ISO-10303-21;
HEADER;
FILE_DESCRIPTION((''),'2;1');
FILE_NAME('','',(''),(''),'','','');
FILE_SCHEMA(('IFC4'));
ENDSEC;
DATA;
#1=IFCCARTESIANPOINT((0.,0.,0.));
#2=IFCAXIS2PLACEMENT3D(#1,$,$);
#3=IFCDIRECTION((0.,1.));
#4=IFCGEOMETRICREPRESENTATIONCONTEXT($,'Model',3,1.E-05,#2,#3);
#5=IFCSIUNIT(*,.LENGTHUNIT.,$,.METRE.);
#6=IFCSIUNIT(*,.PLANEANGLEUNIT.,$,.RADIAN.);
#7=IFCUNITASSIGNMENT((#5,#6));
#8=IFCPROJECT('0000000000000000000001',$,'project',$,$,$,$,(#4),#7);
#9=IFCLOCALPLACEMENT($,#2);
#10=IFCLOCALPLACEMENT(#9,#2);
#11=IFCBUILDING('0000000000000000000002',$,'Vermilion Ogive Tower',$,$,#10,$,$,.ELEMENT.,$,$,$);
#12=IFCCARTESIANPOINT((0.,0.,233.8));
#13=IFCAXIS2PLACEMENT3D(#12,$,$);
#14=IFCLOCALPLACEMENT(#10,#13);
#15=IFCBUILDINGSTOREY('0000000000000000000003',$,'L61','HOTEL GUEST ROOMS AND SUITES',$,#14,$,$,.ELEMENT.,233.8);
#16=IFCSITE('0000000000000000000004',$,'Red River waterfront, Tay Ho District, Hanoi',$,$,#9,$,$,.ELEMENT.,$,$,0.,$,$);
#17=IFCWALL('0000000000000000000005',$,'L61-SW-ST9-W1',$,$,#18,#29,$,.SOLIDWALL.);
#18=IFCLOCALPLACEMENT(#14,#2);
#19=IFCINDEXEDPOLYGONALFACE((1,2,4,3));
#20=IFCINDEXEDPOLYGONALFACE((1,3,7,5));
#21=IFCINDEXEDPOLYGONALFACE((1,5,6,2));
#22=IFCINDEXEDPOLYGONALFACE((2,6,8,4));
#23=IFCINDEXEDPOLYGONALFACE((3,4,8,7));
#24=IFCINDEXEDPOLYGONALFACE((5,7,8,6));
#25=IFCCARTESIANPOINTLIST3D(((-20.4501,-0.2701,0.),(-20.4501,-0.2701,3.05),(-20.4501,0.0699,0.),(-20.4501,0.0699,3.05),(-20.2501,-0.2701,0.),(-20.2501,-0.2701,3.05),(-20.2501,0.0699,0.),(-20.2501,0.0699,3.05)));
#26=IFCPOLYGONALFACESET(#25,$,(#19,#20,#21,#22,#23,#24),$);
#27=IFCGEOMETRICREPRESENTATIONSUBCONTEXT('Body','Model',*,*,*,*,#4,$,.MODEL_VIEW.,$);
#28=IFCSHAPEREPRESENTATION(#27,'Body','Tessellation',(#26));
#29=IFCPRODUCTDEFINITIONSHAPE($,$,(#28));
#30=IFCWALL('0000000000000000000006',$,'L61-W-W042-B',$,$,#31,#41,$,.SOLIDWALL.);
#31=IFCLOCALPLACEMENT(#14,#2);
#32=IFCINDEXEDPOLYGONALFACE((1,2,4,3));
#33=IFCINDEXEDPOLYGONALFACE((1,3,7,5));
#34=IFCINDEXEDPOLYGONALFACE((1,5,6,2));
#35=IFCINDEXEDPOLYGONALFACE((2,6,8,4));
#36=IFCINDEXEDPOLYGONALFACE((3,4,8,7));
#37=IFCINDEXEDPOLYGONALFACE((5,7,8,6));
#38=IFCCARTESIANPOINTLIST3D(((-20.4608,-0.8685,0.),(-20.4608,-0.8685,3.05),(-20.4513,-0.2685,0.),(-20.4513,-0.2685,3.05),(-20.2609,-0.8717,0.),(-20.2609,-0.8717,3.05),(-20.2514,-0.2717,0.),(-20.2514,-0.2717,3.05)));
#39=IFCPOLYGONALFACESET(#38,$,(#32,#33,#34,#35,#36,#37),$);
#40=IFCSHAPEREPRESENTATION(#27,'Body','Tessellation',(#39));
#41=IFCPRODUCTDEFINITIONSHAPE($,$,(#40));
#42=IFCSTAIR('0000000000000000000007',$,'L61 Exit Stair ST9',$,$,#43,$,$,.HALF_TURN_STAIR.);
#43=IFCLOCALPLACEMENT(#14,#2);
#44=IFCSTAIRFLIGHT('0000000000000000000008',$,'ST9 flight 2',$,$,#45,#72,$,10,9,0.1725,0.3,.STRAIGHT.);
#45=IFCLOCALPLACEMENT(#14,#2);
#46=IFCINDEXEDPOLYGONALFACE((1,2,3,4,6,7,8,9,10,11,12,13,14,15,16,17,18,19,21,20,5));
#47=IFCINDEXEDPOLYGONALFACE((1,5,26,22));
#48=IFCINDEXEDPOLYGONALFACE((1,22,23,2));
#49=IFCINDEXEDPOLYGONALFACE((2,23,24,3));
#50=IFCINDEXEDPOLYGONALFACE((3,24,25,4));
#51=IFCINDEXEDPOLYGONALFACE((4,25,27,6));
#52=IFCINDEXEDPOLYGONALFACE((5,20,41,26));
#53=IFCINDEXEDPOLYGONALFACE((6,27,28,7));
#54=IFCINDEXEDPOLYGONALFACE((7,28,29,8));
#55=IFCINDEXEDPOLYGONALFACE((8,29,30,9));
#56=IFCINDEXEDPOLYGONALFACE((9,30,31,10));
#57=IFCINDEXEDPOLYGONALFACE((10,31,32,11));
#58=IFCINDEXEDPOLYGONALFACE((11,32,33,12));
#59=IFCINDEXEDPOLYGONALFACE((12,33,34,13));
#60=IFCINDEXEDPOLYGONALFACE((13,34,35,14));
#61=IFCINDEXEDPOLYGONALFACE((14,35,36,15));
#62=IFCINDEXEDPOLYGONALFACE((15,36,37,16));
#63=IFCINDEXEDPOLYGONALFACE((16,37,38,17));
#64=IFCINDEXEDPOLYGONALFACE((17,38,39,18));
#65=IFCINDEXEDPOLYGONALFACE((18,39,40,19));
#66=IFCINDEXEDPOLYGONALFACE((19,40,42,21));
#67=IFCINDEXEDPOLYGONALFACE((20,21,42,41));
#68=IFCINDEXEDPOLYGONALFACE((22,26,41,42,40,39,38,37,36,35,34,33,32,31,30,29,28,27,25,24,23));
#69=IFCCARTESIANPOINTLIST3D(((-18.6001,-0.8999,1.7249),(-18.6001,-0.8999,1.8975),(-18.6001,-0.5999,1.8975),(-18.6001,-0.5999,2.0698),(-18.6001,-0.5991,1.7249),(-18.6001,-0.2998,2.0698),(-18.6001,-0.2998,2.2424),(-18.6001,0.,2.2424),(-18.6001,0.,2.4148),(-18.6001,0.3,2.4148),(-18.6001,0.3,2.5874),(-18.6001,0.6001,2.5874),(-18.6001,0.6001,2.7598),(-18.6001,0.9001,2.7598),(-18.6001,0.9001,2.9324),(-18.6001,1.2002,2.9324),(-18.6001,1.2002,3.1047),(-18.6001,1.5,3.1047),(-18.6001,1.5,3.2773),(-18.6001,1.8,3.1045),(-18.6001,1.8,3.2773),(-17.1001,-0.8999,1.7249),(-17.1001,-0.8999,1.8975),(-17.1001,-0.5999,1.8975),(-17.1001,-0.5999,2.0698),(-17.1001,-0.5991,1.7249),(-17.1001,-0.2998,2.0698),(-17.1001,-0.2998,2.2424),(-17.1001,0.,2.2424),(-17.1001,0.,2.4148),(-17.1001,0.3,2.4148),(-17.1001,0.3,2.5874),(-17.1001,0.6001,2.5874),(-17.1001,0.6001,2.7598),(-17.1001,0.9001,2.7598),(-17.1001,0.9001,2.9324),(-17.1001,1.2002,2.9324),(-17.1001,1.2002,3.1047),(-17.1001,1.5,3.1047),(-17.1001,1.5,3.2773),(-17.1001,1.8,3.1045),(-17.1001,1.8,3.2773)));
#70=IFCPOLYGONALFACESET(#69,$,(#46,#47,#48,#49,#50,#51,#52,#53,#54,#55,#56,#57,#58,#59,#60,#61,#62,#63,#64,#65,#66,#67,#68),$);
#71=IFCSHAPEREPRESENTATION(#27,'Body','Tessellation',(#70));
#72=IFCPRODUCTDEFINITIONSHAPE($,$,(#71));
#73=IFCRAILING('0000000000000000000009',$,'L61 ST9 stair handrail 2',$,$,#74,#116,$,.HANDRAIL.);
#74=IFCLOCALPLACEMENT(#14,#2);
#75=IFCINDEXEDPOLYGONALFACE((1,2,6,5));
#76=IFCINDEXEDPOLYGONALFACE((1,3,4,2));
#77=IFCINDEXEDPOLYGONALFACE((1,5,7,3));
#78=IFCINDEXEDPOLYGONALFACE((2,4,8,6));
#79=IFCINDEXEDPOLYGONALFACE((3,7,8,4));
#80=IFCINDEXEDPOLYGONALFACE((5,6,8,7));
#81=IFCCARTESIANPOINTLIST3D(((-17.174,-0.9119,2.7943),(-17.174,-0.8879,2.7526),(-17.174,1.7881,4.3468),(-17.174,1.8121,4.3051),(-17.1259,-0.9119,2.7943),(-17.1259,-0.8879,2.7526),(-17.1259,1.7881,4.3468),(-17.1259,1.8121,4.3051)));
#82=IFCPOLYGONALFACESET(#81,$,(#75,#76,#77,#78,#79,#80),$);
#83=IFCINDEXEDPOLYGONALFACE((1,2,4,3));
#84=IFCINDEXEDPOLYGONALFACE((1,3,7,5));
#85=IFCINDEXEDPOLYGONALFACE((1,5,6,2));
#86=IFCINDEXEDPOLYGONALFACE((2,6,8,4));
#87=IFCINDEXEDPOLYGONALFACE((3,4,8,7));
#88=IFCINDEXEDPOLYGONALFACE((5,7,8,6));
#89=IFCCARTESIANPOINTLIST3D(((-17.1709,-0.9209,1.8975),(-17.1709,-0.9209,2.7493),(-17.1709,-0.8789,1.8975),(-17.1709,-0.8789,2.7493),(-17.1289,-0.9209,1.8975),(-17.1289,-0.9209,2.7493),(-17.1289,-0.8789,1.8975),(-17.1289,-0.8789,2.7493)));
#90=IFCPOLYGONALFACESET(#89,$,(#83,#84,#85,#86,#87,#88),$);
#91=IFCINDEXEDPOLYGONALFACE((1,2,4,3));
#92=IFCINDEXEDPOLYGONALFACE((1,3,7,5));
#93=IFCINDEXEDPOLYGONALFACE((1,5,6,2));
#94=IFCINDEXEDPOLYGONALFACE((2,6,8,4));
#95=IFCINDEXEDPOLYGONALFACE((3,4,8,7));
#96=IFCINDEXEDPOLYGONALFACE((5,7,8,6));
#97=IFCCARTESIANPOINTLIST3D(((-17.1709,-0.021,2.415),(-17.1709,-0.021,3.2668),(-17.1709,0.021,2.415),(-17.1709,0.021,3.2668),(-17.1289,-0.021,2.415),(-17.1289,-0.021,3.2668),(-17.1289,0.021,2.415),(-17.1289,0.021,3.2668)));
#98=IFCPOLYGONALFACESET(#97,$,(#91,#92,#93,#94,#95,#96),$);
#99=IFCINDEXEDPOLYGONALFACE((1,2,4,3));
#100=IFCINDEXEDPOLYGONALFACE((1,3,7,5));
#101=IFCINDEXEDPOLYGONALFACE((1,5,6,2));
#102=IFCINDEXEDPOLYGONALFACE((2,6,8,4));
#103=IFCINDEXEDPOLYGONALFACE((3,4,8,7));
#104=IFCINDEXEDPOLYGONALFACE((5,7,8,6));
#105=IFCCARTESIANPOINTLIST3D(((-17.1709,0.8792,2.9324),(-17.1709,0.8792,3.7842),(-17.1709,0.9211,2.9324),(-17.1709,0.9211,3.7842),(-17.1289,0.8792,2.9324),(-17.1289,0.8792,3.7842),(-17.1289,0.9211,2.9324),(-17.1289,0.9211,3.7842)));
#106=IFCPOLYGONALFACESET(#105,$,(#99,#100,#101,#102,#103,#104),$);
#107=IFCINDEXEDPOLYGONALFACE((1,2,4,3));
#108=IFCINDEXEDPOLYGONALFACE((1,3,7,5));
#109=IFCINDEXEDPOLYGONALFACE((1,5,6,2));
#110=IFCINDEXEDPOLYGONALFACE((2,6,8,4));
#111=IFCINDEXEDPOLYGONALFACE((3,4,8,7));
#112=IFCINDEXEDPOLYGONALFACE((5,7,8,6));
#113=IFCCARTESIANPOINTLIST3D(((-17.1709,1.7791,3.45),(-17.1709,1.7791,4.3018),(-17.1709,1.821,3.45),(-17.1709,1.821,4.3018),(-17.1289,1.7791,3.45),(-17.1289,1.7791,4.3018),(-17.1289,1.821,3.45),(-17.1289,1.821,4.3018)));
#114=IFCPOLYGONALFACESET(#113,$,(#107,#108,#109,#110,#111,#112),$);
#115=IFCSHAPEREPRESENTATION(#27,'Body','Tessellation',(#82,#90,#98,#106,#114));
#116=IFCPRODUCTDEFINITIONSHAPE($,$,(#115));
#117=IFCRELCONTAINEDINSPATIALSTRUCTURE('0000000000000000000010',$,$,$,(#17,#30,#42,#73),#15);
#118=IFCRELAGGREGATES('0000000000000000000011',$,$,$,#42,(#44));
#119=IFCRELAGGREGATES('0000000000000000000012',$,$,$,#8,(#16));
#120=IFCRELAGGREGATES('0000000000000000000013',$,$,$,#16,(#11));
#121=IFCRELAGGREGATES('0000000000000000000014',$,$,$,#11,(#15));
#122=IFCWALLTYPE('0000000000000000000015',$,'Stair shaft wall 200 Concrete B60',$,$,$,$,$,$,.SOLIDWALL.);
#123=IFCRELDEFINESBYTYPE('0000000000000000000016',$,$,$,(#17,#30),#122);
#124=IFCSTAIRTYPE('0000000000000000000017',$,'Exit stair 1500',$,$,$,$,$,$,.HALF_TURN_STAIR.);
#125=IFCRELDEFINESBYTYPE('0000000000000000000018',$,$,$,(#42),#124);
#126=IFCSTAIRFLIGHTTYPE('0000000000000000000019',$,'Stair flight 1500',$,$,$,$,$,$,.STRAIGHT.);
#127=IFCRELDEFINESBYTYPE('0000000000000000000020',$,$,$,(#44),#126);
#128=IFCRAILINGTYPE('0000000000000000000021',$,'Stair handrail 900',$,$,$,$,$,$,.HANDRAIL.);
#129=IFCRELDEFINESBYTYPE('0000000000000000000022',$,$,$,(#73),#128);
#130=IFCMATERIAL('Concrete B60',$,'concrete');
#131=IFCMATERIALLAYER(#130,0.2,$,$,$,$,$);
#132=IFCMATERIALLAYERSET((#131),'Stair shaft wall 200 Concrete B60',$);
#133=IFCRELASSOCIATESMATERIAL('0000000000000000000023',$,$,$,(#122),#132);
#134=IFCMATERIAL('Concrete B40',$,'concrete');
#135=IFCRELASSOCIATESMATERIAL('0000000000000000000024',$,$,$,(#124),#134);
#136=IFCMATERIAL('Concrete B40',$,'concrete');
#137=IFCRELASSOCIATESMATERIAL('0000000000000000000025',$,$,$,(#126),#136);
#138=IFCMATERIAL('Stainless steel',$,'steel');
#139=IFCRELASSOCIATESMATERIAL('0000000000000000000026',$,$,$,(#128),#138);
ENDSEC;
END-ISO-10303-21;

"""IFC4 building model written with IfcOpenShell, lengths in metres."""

from ifc_helpers import new_model, si_unit, direction, frame, frame_2d, origin, origin_2d, place, context, subcontext, project, spatial, polyline, rectangle, outline, extrude, material, layer, layer_set, type_object, element, aggregate, save


model = new_model("IFC4")

# Units and contexts
model_context = context("Model", 3, precision=1e-05, world=origin(), true_north=direction((0.0, 1.0)))
body_context = subcontext(model_context, "Body", "Model", "MODEL_VIEW")
ifc_project = project(units=[si_unit("LENGTHUNIT", "METRE"), si_unit("PLANEANGLEUNIT", "RADIAN")], contexts=[model_context])

# Site, building, storey
site_placement = place(None, origin())
site = spatial("IfcSite", under=ifc_project, at=site_placement, Name="Red River waterfront, Tay Ho District, Hanoi", CompositionType="ELEMENT", RefElevation=0.0)
building_placement = place(site_placement, origin())
building = spatial("IfcBuilding", under=site, at=building_placement, Name="Vermilion Ogive Tower", CompositionType="ELEMENT")
storey_placement = place(building_placement, frame((0.0, 0.0, 233.8)))
storey = spatial("IfcBuildingStorey", under=building, at=storey_placement, Name="L61", Description="HOTEL GUEST ROOMS AND SUITES", CompositionType="ELEMENT", Elevation=233.8)

# Shared definitions
ifc_material_1 = material(Name="Concrete B60", Category="concrete")
ifc_layer_1 = layer(ifc_material_1, 0.2)
ifc_layer_set_1 = layer_set([ifc_layer_1], Name="Stair shaft wall 200 Concrete B60")
wall_type_1 = type_object("IfcWallType", Name="Stair shaft wall 200 Concrete B60", PredefinedType="SOLIDWALL", material=ifc_layer_set_1)

# Walls
wall_1_placement = place(storey_placement, frame((-20.3501, -0.27, 0.0), z_axis=(0.0, 0.0, 1.0), x_axis=(0.0, 1.0, 0.0)))
element("IfcWall", 1, at=wall_1_placement, inside=storey, type_object=wall_type_1, Name="L61-SW-ST9-W1", PredefinedType="SOLIDWALL", context=body_context, shape_type="SweptSolid", body=[
    extrude(rectangle(XDim=0.3401, YDim=0.2, at=frame_2d((0.1699, 0.0))), origin(), (0.0, 0.0, 1.0), 3.05),
])
wall_2_placement = place(storey_placement, frame((-20.3608, -0.8701, 0.0), z_axis=(0.0, 0.0, 1.0), x_axis=(0.015865, 0.999874, 0.0)))
element("IfcWall", 2, at=wall_2_placement, inside=storey, type_object=wall_type_1, Name="L61-W-W042-B", PredefinedType="SOLIDWALL", context=body_context, shape_type="SweptSolid", body=[
    extrude(rectangle(XDim=0.6001, YDim=0.2, at=frame_2d((0.3, 0.0))), origin(), (0.0, 0.0, 1.0), 3.05),
])

# Stair, stair flight
ifc_material_2 = material(Name="Concrete B40", Category="concrete")
stair_type = type_object("IfcStairType", Name="Exit stair 1500", PredefinedType="HALF_TURN_STAIR", material=ifc_material_2)
stair_placement = place(storey_placement, origin())
stair = element("IfcStair", 3, at=stair_placement, inside=storey, type_object=stair_type, Name="L61 Exit Stair ST9", PredefinedType="HALF_TURN_STAIR")
ifc_material_3 = material(Name="Concrete B40", Category="concrete")
stair_flight_type = type_object("IfcStairFlightType", Name="Stair flight 1500", PredefinedType="STRAIGHT", material=ifc_material_3)
stair_flight_placement = place(storey_placement, frame((-17.8501, -0.8999, 1.7249), z_axis=(0.0, 0.0, 1.0), x_axis=(0.0, 1.0, 0.0)))
stair_flight = element("IfcStairFlight", 4, at=stair_flight_placement, type_object=stair_flight_type, Name="ST9 flight 2", NumberOfRisers=10, NumberOfTreads=9, PredefinedType="STRAIGHT", RiserHeight=0.1725, TreadLength=0.3, context=body_context, shape_type="SweptSolid", body=[
    extrude(outline(polyline([(0.0, 0.0), (0.0, 0.1726), (0.3, 0.1726), (0.3, 0.345), (0.6001, 0.345), (0.6001, 0.5176), (0.8999, 0.5176), (0.8999, 0.6899), (1.2, 0.6899), (1.2, 0.8625), (1.5, 0.8625), (1.5, 1.0349), (1.8, 1.0349), (1.8, 1.2075), (2.1001, 1.2075), (2.1001, 1.3799), (2.3999, 1.3799), (2.3999, 1.5525), (2.7, 1.5525), (2.7, 1.7251), (2.7, 1.3796), (0.3008, 0.0), (0.0, 0.0)])), frame((0.0, 0.75, 0.0), z_axis=(0.0, -1.0, 0.0), x_axis=(1.0, 0.0, 0.0)), (0.0, 0.0, 1.0), 1.5),
])
aggregate(stair, [stair_flight])

# Railing
ifc_material_4 = material(Name="Stainless steel", Category="steel")
railing_type = type_object("IfcRailingType", Name="Stair handrail 900", PredefinedType="HANDRAIL", material=ifc_material_4)
railing_placement = place(storey_placement, frame((-17.1499, -0.8999, 1.8975)))
element("IfcRailing", 5, at=railing_placement, inside=storey, type_object=railing_type, Name="L61 ST9 stair handrail 2", PredefinedType="HANDRAIL", context=body_context, shape_type="SweptSolid", body=[
    extrude(rectangle(XDim=0.0481, YDim=0.0481, at=origin_2d()), frame((0.0, 0.0, 0.876), z_axis=(0.0, 0.866904, 0.498476), x_axis=(-1.0, 0.0, 0.0)), (0.0, 0.0, 1.0), 3.1145),
    extrude(rectangle(XDim=0.042, YDim=0.042, at=origin_2d()), origin(), (0.0, 0.0, 1.0), 0.8518),
    extrude(rectangle(XDim=0.042, YDim=0.042, at=origin_2d()), frame((0.0, 0.8999, 0.5176)), (0.0, 0.0, 1.0), 0.8518),
    extrude(rectangle(XDim=0.042, YDim=0.042, at=origin_2d()), frame((0.0, 1.8, 1.0349)), (0.0, 0.0, 1.0), 0.8518),
    extrude(rectangle(XDim=0.042, YDim=0.042, at=origin_2d()), frame((0.0, 2.7, 1.5525)), (0.0, 0.0, 1.0), 0.8518),
])

save(model, "model.ifc")
